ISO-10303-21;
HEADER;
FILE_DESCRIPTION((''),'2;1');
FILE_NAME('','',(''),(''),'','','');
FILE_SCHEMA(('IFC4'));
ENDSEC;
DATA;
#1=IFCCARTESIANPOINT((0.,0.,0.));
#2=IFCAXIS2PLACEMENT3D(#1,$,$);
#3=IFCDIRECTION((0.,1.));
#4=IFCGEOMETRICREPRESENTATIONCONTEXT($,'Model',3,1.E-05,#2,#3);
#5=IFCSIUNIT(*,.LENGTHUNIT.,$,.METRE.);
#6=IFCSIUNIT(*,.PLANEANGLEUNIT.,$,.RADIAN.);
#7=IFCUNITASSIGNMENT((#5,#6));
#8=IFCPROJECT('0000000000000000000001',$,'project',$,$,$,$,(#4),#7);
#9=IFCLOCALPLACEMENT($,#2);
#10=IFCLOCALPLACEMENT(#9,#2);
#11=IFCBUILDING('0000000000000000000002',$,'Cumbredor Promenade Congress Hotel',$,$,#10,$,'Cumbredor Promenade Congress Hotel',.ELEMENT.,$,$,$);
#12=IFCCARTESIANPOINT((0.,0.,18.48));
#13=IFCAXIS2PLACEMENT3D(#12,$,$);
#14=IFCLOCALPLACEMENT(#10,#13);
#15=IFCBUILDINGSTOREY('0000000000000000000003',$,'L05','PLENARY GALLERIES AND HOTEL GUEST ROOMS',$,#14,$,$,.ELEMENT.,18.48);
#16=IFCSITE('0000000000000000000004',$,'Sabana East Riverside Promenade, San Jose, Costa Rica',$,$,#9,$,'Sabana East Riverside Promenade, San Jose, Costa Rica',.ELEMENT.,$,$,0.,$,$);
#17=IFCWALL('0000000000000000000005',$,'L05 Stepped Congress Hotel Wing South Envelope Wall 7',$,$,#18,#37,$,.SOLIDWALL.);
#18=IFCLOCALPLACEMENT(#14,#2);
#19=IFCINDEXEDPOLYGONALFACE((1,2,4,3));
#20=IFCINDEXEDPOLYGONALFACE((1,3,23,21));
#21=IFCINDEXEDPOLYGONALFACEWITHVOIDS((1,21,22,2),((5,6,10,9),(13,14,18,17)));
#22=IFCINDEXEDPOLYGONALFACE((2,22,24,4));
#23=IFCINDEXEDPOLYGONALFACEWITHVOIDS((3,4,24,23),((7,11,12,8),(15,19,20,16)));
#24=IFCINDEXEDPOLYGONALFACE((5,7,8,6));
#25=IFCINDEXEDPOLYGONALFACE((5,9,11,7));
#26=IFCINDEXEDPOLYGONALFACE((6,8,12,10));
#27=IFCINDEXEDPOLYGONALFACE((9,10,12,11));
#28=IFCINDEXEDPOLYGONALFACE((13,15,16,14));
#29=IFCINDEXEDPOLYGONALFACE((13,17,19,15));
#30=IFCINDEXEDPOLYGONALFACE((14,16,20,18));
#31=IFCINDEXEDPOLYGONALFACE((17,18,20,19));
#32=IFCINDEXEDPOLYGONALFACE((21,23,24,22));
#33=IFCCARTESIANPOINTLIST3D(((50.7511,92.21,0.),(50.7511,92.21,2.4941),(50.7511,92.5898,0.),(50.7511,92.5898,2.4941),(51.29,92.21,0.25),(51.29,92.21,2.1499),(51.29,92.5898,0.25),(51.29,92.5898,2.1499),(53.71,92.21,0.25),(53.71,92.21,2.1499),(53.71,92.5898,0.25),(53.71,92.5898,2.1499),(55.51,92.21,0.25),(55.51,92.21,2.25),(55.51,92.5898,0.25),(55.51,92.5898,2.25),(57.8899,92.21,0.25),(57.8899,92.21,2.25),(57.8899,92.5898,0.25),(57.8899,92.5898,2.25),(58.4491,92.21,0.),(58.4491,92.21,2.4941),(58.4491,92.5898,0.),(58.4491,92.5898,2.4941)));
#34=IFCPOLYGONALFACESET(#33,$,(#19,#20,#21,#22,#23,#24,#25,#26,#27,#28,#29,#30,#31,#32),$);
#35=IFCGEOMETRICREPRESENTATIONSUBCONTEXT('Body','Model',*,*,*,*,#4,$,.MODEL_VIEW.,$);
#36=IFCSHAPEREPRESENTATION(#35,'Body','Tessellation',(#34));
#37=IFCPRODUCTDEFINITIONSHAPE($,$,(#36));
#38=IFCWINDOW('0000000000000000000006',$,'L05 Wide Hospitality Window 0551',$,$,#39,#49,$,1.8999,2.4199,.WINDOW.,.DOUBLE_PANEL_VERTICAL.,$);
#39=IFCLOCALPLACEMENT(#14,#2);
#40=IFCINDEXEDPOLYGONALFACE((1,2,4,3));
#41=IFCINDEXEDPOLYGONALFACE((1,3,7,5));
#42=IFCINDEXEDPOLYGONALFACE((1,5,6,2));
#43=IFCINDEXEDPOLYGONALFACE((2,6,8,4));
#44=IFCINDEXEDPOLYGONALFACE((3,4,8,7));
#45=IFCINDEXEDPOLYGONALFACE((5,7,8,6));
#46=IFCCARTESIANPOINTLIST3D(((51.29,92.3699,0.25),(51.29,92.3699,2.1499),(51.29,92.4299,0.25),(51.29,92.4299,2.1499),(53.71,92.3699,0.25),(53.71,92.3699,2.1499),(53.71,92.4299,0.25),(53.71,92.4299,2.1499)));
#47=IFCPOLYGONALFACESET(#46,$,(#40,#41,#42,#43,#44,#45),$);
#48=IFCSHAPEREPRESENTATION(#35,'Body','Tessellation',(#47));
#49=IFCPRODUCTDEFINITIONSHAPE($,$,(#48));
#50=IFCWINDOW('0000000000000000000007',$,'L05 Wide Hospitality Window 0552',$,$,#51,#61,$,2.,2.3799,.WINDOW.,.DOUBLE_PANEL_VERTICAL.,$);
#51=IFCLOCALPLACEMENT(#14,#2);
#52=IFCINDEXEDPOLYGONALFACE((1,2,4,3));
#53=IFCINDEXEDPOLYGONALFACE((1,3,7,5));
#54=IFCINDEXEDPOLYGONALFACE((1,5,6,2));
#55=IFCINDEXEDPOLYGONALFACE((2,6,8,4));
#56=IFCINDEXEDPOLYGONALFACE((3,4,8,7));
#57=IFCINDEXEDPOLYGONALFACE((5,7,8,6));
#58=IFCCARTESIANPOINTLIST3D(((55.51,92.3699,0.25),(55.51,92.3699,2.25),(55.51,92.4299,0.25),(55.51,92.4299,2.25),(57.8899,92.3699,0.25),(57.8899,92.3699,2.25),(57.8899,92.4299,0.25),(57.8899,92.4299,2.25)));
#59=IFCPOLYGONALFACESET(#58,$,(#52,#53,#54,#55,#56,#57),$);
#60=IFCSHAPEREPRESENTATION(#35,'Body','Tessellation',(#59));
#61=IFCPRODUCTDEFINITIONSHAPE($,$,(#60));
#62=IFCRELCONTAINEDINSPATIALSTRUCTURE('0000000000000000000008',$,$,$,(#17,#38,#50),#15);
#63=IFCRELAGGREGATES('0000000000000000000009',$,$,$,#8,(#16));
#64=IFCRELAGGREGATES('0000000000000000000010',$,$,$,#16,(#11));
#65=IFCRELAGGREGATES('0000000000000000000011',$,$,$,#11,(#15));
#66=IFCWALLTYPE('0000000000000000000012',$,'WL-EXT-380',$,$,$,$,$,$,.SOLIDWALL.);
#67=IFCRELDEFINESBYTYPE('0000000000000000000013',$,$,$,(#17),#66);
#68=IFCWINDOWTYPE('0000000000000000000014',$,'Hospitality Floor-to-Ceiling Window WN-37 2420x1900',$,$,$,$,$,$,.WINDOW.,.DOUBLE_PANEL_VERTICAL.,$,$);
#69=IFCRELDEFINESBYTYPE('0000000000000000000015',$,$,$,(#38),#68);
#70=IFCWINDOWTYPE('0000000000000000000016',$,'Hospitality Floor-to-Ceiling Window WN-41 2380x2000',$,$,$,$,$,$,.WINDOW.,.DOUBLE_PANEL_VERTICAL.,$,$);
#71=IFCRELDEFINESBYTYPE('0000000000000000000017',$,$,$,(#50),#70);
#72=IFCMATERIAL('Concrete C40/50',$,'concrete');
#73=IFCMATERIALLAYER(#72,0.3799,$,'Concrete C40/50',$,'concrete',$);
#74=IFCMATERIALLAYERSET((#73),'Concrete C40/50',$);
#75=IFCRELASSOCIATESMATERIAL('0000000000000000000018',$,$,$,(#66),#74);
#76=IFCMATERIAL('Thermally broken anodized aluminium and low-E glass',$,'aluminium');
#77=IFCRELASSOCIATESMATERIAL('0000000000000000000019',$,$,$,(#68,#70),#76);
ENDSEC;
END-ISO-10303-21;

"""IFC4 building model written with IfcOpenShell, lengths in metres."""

from ifc_helpers import new_model, si_unit, direction, frame, frame_2d, origin, place, context, subcontext, project, spatial, rectangle, extrude, material, layer, layer_set, type_object, element, fill, save


model = new_model("IFC4")

# Units and contexts
model_context = context("Model", 3, precision=1e-05, world=origin(), true_north=direction((0.0, 1.0)))
body_context = subcontext(model_context, "Body", "Model", "MODEL_VIEW")
ifc_project = project(units=[si_unit("LENGTHUNIT", "METRE"), si_unit("PLANEANGLEUNIT", "RADIAN")], contexts=[model_context])

# Site, building, storey
site_placement = place(None, origin())
site = spatial("IfcSite", under=ifc_project, at=site_placement, Name="Sabana East Riverside Promenade, San Jose, Costa Rica", LongName="Sabana East Riverside Promenade, San Jose, Costa Rica", CompositionType="ELEMENT", RefElevation=0.0)
building_placement = place(site_placement, origin())
building = spatial("IfcBuilding", under=site, at=building_placement, Name="Cumbredor Promenade Congress Hotel", LongName="Cumbredor Promenade Congress Hotel", CompositionType="ELEMENT")
storey_placement = place(building_placement, frame((0.0, 0.0, 18.48)))
storey = spatial("IfcBuildingStorey", under=building, at=storey_placement, Name="L05", Description="PLENARY GALLERIES AND HOTEL GUEST ROOMS", CompositionType="ELEMENT", Elevation=18.48)

# Shared definitions
ifc_material_1 = material(Name="Concrete C40/50", Category="concrete")

# Shared definitions
ifc_material_2 = material(Name="Thermally broken anodized aluminium and low-E glass", Category="aluminium")

# Wall, openings, windows
ifc_layer_1 = layer(ifc_material_1, 0.3799, Name="Concrete C40/50", Category="concrete")
ifc_layer_set_1 = layer_set([ifc_layer_1], Name="Concrete C40/50")
wall_type_1 = type_object("IfcWallType", Name="WL-EXT-380", PredefinedType="SOLIDWALL", material=ifc_layer_set_1)
wall_1_placement = place(storey_placement, frame((50.751, 92.3999, 0.0), z_axis=(0.0, 0.0, 1.0), x_axis=(1.0, 0.0, 0.0)))
wall_1 = element("IfcWall", 1, at=wall_1_placement, inside=storey, type_object=wall_type_1, Name="L05 Stepped Congress Hotel Wing South Envelope Wall 7", PredefinedType="SOLIDWALL", context=body_context, shape_type="SweptSolid", body=[
    extrude(rectangle(XDim=7.698, YDim=0.3799, at=frame_2d((3.8491, 0.0))), origin(), (0.0, 0.0, 1.0), 2.4941),
])
opening_1_placement = place(wall_1_placement, frame((0.5391, 0.0, 0.25)))
opening_1 = element("IfcOpeningElement", 2, at=opening_1_placement, cuts=wall_1, PredefinedType="OPENING", context=body_context, shape_type="SweptSolid", body=[
    extrude(rectangle(XDim=2.4199, YDim=1.8999, at=frame_2d((1.21, 0.95))), frame((0.0, 0.2, 0.0), z_axis=(0.0, -1.0, 0.0), x_axis=(1.0, 0.0, 0.0)), (0.0, 0.0, 1.0), 0.3999),
])
opening_2_placement = place(wall_1_placement, frame((4.759, 0.0, 0.25)))
opening_2 = element("IfcOpeningElement", 3, at=opening_2_placement, cuts=wall_1, PredefinedType="OPENING", context=body_context, shape_type="SweptSolid", body=[
    extrude(rectangle(XDim=2.3799, YDim=2.0, at=frame_2d((1.1899, 1.0))), frame((0.0, 0.2, 0.0), z_axis=(0.0, -1.0, 0.0), x_axis=(1.0, 0.0, 0.0)), (0.0, 0.0, 1.0), 0.3999),
])
window_type_1 = type_object("IfcWindowType", Name="Hospitality Floor-to-Ceiling Window WN-37 2420x1900", PartitioningType="DOUBLE_PANEL_VERTICAL", PredefinedType="WINDOW", material=ifc_material_2)
window_1_placement = place(opening_1_placement, origin())
window_1 = element("IfcWindow", 4, at=window_1_placement, inside=storey, type_object=window_type_1, Name="L05 Wide Hospitality Window 0551", OverallHeight=1.8999, OverallWidth=2.4199, PartitioningType="DOUBLE_PANEL_VERTICAL", PredefinedType="WINDOW", context=body_context, shape_type="SweptSolid", body=[
    extrude(rectangle(XDim=2.4199, YDim=1.8999, at=frame_2d((1.21, 0.95))), frame((0.0, 0.03, 0.0), z_axis=(0.0, -1.0, 0.0), x_axis=(1.0, 0.0, 0.0)), (0.0, 0.0, 1.0), 0.0601),
])
fill(opening_1, window_1)
window_type_2 = type_object("IfcWindowType", Name="Hospitality Floor-to-Ceiling Window WN-41 2380x2000", PartitioningType="DOUBLE_PANEL_VERTICAL", PredefinedType="WINDOW", material=ifc_material_2)
window_2_placement = place(opening_2_placement, origin())
window_2 = element("IfcWindow", 5, at=window_2_placement, inside=storey, type_object=window_type_2, Name="L05 Wide Hospitality Window 0552", OverallHeight=2.0, OverallWidth=2.3799, PartitioningType="DOUBLE_PANEL_VERTICAL", PredefinedType="WINDOW", context=body_context, shape_type="SweptSolid", body=[
    extrude(rectangle(XDim=2.3799, YDim=2.0, at=frame_2d((1.1899, 1.0))), frame((0.0, 0.03, 0.0), z_axis=(0.0, -1.0, 0.0), x_axis=(1.0, 0.0, 0.0)), (0.0, 0.0, 1.0), 0.0601),
])
fill(opening_2, window_2)

save(model, "model.ifc")
